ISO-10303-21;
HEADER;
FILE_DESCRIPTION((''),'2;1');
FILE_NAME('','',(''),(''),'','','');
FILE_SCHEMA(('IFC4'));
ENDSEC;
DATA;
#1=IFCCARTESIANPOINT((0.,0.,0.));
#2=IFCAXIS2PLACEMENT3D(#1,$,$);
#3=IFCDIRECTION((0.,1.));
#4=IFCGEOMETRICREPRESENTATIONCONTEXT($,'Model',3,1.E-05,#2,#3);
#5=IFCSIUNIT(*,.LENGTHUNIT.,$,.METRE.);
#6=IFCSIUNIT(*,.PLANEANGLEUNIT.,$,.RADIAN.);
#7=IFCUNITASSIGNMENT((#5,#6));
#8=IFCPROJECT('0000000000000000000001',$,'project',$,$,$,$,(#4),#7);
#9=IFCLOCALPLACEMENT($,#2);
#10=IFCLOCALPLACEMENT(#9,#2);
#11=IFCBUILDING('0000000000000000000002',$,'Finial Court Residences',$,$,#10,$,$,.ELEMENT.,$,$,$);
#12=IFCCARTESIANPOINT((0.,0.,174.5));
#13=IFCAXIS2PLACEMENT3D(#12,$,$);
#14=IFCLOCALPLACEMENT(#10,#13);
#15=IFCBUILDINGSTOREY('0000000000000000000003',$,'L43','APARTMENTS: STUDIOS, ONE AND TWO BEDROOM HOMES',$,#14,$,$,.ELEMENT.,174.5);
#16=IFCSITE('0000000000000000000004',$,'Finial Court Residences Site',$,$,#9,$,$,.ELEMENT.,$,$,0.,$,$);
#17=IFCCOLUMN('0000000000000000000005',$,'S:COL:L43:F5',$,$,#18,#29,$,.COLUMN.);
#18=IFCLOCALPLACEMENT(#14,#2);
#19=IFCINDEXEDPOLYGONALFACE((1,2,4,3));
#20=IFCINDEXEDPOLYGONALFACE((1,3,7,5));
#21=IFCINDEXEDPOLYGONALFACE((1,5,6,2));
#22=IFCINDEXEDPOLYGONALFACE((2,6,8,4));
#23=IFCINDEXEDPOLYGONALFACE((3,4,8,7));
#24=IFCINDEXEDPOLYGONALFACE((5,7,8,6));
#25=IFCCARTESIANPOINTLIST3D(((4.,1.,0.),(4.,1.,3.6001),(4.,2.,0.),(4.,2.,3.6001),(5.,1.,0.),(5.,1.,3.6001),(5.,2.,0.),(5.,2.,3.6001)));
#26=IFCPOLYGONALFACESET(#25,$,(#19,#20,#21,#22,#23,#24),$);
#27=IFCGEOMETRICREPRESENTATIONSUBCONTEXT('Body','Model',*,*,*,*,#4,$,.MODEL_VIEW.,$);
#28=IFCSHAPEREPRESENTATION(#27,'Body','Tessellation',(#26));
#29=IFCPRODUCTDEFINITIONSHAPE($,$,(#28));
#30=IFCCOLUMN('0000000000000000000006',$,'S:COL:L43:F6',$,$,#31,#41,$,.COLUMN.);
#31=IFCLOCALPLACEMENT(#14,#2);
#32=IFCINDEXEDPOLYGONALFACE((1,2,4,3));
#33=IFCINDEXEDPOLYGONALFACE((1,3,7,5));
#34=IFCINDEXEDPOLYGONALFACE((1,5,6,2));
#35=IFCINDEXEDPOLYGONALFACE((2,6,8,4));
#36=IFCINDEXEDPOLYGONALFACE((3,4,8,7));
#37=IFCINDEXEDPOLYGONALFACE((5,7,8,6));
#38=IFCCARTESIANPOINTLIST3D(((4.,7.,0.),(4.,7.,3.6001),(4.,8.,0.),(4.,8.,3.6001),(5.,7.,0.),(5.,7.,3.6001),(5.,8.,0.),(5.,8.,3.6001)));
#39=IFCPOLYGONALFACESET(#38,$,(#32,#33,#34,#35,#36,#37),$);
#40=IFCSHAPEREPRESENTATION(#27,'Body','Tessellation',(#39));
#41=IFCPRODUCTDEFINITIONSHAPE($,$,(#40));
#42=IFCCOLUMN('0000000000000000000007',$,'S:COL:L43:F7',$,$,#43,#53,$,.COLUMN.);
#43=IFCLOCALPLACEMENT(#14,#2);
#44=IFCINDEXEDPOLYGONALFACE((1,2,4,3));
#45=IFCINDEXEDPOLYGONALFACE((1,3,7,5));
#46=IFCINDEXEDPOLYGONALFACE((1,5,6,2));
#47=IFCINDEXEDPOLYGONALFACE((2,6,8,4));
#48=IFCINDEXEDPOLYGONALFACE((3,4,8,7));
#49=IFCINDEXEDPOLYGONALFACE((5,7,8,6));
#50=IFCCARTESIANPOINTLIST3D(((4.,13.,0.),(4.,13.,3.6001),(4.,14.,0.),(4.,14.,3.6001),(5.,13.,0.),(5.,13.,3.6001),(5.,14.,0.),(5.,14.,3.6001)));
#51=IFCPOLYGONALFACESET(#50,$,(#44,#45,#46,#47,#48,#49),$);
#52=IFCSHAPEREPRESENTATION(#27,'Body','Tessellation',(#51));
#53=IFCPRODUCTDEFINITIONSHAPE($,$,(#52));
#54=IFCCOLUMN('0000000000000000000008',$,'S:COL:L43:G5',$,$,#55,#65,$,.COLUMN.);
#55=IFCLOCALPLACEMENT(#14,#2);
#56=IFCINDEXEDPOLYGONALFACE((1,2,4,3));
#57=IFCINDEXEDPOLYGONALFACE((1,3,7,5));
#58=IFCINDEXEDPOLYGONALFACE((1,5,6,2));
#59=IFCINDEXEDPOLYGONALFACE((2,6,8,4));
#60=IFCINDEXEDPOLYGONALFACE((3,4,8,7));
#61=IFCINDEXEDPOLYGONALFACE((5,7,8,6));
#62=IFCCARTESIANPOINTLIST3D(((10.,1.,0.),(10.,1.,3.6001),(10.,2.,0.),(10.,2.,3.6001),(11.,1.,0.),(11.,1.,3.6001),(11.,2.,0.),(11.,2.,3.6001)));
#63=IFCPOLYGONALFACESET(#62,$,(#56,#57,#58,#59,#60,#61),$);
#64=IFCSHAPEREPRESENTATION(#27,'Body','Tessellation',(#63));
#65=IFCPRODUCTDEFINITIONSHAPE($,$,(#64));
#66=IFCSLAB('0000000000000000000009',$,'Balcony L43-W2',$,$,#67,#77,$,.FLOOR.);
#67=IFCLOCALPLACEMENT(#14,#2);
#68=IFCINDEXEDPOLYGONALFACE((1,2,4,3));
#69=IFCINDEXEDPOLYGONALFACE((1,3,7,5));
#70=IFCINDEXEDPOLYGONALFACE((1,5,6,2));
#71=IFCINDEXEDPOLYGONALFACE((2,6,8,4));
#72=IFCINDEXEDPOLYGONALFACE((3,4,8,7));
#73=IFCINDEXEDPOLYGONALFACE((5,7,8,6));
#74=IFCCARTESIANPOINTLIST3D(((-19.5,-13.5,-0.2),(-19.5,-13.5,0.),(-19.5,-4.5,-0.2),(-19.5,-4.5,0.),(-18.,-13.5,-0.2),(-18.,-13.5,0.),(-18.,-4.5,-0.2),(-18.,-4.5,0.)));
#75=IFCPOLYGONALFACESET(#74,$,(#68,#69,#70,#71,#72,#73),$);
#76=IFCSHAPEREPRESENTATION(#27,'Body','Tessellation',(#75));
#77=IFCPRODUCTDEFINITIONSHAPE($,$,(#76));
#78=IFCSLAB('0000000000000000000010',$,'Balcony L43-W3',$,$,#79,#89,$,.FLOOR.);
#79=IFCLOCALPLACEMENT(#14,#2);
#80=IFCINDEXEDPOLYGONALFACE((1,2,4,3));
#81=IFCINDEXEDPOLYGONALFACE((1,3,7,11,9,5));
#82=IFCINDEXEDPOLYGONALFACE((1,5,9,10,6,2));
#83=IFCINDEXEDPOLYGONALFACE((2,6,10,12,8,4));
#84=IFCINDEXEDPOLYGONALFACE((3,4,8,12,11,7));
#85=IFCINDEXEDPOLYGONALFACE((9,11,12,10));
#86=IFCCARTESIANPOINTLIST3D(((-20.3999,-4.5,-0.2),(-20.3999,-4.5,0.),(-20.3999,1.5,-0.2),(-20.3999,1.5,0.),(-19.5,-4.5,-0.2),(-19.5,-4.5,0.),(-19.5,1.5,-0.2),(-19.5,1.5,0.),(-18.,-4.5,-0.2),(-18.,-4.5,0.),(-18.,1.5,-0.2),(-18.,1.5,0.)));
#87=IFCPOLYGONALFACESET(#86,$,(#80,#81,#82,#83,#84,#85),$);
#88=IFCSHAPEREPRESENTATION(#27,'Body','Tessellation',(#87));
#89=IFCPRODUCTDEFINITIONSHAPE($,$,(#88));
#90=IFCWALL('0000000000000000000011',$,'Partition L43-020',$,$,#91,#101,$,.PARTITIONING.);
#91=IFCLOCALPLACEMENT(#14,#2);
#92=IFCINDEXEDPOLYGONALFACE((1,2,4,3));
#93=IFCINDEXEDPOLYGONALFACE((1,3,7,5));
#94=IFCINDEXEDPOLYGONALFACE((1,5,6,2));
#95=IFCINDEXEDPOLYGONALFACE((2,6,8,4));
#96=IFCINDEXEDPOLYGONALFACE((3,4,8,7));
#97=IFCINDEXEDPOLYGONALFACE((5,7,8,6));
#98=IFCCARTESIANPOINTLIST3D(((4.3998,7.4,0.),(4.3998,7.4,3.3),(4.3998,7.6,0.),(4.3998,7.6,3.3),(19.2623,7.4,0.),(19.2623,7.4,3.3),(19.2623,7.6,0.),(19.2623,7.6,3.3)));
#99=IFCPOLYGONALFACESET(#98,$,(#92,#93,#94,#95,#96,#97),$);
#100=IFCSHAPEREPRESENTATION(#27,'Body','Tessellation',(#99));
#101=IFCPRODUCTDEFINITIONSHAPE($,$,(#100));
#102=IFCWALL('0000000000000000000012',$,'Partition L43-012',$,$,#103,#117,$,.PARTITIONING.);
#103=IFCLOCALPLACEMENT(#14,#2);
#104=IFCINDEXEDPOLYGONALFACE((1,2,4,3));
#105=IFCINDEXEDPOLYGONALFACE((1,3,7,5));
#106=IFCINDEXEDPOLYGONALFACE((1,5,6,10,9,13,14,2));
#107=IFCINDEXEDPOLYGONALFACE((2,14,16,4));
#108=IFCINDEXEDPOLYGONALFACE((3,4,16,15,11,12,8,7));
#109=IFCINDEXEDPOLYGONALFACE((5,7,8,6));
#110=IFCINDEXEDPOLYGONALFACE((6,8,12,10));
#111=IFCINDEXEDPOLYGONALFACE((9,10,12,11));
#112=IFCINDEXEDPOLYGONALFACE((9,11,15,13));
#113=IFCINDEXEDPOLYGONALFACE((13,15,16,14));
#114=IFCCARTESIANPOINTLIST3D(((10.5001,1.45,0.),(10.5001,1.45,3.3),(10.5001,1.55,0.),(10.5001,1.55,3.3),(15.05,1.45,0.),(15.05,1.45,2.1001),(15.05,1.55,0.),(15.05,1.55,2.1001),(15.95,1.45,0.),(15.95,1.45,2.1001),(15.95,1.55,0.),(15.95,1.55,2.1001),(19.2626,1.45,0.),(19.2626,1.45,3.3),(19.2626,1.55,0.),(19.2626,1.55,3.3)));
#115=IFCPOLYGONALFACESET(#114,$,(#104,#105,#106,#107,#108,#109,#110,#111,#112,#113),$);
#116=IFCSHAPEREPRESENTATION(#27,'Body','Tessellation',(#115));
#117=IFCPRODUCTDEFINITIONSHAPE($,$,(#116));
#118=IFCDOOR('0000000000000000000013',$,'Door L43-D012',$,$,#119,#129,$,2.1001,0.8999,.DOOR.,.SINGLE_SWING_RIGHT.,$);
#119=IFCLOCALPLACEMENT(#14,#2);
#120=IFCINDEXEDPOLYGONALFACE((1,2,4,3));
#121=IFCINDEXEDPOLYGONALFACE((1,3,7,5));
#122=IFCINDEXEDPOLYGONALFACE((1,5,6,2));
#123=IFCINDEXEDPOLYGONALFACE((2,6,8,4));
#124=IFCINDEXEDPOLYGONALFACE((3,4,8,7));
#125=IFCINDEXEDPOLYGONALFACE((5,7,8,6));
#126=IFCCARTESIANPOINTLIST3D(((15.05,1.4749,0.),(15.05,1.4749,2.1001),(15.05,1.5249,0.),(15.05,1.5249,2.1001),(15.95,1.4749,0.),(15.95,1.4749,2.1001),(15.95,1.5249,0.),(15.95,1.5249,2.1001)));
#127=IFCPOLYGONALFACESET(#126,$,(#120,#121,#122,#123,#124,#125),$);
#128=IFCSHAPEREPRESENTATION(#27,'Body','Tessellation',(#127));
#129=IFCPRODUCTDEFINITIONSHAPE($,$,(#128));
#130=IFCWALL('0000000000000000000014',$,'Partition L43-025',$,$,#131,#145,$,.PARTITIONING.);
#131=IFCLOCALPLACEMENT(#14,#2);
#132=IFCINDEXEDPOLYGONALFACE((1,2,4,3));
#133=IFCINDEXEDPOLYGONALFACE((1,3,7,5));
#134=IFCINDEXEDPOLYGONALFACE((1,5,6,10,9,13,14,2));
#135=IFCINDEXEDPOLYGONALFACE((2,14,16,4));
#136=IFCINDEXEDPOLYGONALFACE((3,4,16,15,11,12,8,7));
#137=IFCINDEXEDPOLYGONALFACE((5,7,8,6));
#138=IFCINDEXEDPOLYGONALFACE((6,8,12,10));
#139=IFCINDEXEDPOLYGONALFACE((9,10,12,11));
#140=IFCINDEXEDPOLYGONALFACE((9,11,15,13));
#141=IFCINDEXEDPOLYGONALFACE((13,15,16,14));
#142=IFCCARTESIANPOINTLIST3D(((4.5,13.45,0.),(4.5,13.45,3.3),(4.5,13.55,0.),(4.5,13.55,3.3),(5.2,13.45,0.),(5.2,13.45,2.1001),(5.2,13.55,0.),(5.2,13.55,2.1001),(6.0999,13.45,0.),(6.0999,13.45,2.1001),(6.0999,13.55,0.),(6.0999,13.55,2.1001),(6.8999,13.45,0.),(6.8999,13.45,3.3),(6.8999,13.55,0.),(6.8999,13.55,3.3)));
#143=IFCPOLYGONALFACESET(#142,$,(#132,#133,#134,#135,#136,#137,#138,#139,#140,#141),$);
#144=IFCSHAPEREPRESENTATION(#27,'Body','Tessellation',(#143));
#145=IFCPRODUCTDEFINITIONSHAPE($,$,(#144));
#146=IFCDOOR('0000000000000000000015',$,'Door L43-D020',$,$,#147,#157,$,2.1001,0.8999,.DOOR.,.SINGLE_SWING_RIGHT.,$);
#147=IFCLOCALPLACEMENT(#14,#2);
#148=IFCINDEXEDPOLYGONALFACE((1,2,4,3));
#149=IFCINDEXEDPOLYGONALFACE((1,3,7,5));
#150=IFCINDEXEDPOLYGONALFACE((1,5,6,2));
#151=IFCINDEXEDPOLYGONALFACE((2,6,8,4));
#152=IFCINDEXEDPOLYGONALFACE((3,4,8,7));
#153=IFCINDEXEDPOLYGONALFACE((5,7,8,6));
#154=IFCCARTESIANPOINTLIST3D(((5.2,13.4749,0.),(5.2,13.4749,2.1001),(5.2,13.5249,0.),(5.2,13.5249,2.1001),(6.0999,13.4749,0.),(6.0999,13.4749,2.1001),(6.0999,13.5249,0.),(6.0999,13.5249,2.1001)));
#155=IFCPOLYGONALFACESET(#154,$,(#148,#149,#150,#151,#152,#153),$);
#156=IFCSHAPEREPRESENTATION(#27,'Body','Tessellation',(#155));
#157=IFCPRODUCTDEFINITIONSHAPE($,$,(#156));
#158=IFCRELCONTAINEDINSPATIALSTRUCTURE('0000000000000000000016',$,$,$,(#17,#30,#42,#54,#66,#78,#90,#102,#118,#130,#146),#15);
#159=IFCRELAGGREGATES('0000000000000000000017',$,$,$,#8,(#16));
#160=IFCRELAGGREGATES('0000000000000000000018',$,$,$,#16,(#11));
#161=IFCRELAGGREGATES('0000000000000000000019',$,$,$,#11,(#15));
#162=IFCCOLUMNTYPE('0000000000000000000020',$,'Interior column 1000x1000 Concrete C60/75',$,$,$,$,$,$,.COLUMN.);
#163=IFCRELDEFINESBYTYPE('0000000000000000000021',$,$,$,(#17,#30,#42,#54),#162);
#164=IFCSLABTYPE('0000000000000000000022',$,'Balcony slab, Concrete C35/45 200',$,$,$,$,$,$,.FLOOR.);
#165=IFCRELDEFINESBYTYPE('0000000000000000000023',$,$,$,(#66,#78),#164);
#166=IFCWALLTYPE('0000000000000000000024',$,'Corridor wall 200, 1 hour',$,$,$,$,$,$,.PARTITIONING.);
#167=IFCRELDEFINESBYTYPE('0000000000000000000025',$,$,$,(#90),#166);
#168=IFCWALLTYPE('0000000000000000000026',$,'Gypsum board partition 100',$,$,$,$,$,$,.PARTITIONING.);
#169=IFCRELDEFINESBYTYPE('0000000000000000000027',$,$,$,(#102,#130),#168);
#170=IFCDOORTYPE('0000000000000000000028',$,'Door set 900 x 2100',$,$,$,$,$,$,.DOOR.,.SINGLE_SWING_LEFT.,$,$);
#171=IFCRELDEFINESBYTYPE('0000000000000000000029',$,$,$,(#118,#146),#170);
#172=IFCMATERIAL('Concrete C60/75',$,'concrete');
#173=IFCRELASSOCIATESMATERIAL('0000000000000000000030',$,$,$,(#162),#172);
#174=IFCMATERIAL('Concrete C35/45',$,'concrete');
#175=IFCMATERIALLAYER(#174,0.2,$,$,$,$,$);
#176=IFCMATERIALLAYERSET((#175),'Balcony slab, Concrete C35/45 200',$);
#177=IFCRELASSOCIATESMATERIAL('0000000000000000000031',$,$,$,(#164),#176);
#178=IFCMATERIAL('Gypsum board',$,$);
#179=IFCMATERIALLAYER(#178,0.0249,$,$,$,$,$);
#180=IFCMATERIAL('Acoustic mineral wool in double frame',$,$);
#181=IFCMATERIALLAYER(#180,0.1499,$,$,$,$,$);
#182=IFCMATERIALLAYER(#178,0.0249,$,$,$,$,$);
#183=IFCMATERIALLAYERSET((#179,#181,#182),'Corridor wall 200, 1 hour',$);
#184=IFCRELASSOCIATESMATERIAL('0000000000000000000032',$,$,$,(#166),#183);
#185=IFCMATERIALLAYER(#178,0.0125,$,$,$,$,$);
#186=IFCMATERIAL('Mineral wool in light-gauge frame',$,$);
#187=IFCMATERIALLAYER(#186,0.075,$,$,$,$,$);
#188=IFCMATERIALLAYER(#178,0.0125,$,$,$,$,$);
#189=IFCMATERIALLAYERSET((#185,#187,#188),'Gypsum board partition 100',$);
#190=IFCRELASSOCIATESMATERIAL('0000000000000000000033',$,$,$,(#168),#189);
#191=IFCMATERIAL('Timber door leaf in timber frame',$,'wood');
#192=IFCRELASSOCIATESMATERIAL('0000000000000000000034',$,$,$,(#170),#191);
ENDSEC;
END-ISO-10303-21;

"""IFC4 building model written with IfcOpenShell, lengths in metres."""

from ifc_helpers import new_model, si_unit, direction, frame, frame_2d, origin, origin_2d, place, context, subcontext, project, spatial, polyline, rectangle, outline, extrude, material, layer, layer_set, material_profile, profile_set, type_object, element, fill, save


model = new_model("IFC4")

# Units and contexts
model_context = context("Model", 3, precision=1e-05, world=origin(), true_north=direction((0.0, 1.0)))
body_context = subcontext(model_context, "Body", "Model", "MODEL_VIEW")
ifc_project = project(units=[si_unit("LENGTHUNIT", "METRE"), si_unit("PLANEANGLEUNIT", "RADIAN")], contexts=[model_context])

# Site, building, storey
site_placement = place(None, origin())
site = spatial("IfcSite", under=ifc_project, at=site_placement, Name="Finial Court Residences Site", CompositionType="ELEMENT", RefElevation=0.0)
building_placement = place(site_placement, origin())
building = spatial("IfcBuilding", under=site, at=building_placement, Name="Finial Court Residences", CompositionType="ELEMENT")
storey_placement = place(building_placement, frame((0.0, 0.0, 174.5)))
storey = spatial("IfcBuildingStorey", under=building, at=storey_placement, Name="L43", Description="APARTMENTS: STUDIOS, ONE AND TWO BEDROOM HOMES", CompositionType="ELEMENT", Elevation=174.5)

# Columns
ifc_material_1 = material(Name="Concrete C60/75", Category="concrete")
ifc_material_profile = material_profile(ifc_material_1, rectangle(XDim=1.0, YDim=1.0, at=origin_2d()), Name="1000x1000")
ifc_profile_set = profile_set([ifc_material_profile], Name="Concrete C60/75")
column_type = type_object("IfcColumnType", Name="Interior column 1000x1000 Concrete C60/75", PredefinedType="COLUMN", material=ifc_profile_set)
for number, where, z_axis, x_axis, name in (
    (1, (4.5, 1.5, 0.0), (0.0, 0.0, 1.0), (1.0, 0.0, 0.0), "S:COL:L43:F5"),
    (2, (4.5, 7.5, 0.0), (0.0, 0.0, 1.0), (1.0, 0.0, 0.0), "S:COL:L43:F6"),
    (3, (4.5, 13.5, 0.0), (0.0, 0.0, 1.0), (1.0, 0.0, 0.0), "S:COL:L43:F7"),
    (4, (10.5, 1.5, 0.0), (0.0, 0.0, 1.0), (1.0, 0.0, 0.0), "S:COL:L43:G5"),
):
    element("IfcColumn", number, at=place(storey_placement, frame(where, z_axis=z_axis, x_axis=x_axis)), inside=storey, type_object=column_type, Name=name, PredefinedType="COLUMN", context=body_context, shape_type="SweptSolid", body=[
        extrude(rectangle(XDim=1.0, YDim=1.0, at=origin_2d()), origin(), (0.0, 0.0, 1.0), 3.6001),
    ])

# Slabs
ifc_material_2 = material(Name="Concrete C35/45", Category="concrete")
ifc_layer_1 = layer(ifc_material_2, 0.2)
ifc_layer_set_1 = layer_set([ifc_layer_1], Name="Balcony slab, Concrete C35/45 200")
slab_type = type_object("IfcSlabType", Name="Balcony slab, Concrete C35/45 200", PredefinedType="FLOOR", material=ifc_layer_set_1)
slab_1_placement = place(storey_placement, frame((0.0, 0.0, -0.2)))
element("IfcSlab", 5, at=slab_1_placement, inside=storey, type_object=slab_type, Name="Balcony L43-W2", PredefinedType="FLOOR", context=body_context, shape_type="SweptSolid", body=[
    extrude(outline(polyline([(-18.0, -13.5), (-18.0, -4.5), (-19.5, -4.5), (-19.5, -13.5), (-18.0, -13.5)])), origin(), (0.0, 0.0, 1.0), 0.2),
])
slab_2_placement = place(storey_placement, frame((0.0, 0.0, -0.2)))
element("IfcSlab", 6, at=slab_2_placement, inside=storey, type_object=slab_type, Name="Balcony L43-W3", PredefinedType="FLOOR", context=body_context, shape_type="SweptSolid", body=[
    extrude(outline(polyline([(-20.3999, -4.5), (-20.3999, 1.5), (-19.5, 1.5), (-18.0, 1.5), (-18.0, -4.5), (-19.5, -4.5), (-20.3999, -4.5)])), origin(), (0.0, 0.0, 1.0), 0.2),
])

# Wall
ifc_material_3 = material(Name="Gypsum board")
ifc_layer_2 = layer(ifc_material_3, 0.0249)
ifc_material_4 = material(Name="Acoustic mineral wool in double frame")
ifc_layer_3 = layer(ifc_material_4, 0.1499)
ifc_layer_4 = layer(ifc_material_3, 0.0249)
ifc_layer_set_2 = layer_set([ifc_layer_2, ifc_layer_3, ifc_layer_4], Name="Corridor wall 200, 1 hour")
wall_type_1 = type_object("IfcWallType", Name="Corridor wall 200, 1 hour", PredefinedType="PARTITIONING", material=ifc_layer_set_2)
wall_1_placement = place(storey_placement, frame((4.3999, 7.5, 0.0), z_axis=(0.0, 0.0, 1.0), x_axis=(1.0, 0.0, 0.0)))
element("IfcWall", 7, at=wall_1_placement, inside=storey, type_object=wall_type_1, Name="Partition L43-020", PredefinedType="PARTITIONING", context=body_context, shape_type="SweptSolid", body=[
    extrude(rectangle(XDim=14.8625, YDim=0.2, at=frame_2d((7.4312, 0.0))), origin(), (0.0, 0.0, 1.0), 3.3),
])

# Walls, openings, doors
ifc_layer_5 = layer(ifc_material_3, 0.0125)
ifc_material_5 = material(Name="Mineral wool in light-gauge frame")
ifc_layer_6 = layer(ifc_material_5, 0.075)
ifc_layer_7 = layer(ifc_material_3, 0.0125)
ifc_layer_set_3 = layer_set([ifc_layer_5, ifc_layer_6, ifc_layer_7], Name="Gypsum board partition 100")
wall_type_2 = type_object("IfcWallType", Name="Gypsum board partition 100", PredefinedType="PARTITIONING", material=ifc_layer_set_3)
wall_2_placement = place(storey_placement, frame((10.5, 1.5, 0.0), z_axis=(0.0, 0.0, 1.0), x_axis=(1.0, 0.0, 0.0)))
wall_2 = element("IfcWall", 8, at=wall_2_placement, inside=storey, type_object=wall_type_2, Name="Partition L43-012", PredefinedType="PARTITIONING", context=body_context, shape_type="SweptSolid", body=[
    extrude(rectangle(XDim=8.7625, YDim=0.1001, at=frame_2d((4.3813, 0.0))), origin(), (0.0, 0.0, 1.0), 3.3),
])
opening_1_placement = place(wall_2_placement, frame((4.55, 0.0, 0.0)))
opening_1 = element("IfcOpeningElement", 9, at=opening_1_placement, cuts=wall_2, PredefinedType="OPENING", context=body_context, shape_type="SweptSolid", body=[
    extrude(rectangle(XDim=0.8999, YDim=2.1001, at=frame_2d((0.45, 1.05))), frame((0.0, 0.0601, 0.0), z_axis=(0.0, -1.0, 0.0), x_axis=(1.0, 0.0, 0.0)), (0.0, 0.0, 1.0), 0.1201),
])
ifc_material_6 = material(Name="Timber door leaf in timber frame", Category="wood")
door_type = type_object("IfcDoorType", Name="Door set 900 x 2100", OperationType="SINGLE_SWING_LEFT", PredefinedType="DOOR", material=ifc_material_6)
door_1_placement = place(opening_1_placement, origin())
door_1 = element("IfcDoor", 10, at=door_1_placement, inside=storey, type_object=door_type, Name="Door L43-D012", OperationType="SINGLE_SWING_RIGHT", OverallHeight=2.1001, OverallWidth=0.8999, PredefinedType="DOOR", context=body_context, shape_type="SweptSolid", body=[
    extrude(rectangle(XDim=0.8999, YDim=2.1001, at=frame_2d((0.45, 1.05))), frame((0.0, 0.0249, 0.0), z_axis=(0.0, -1.0, 0.0), x_axis=(1.0, 0.0, 0.0)), (0.0, 0.0, 1.0), 0.05),
])
fill(opening_1, door_1)
wall_3_placement = place(storey_placement, frame((4.5, 13.5, 0.0), z_axis=(0.0, 0.0, 1.0), x_axis=(1.0, 0.0, 0.0)))
wall_3 = element("IfcWall", 11, at=wall_3_placement, inside=storey, type_object=wall_type_2, Name="Partition L43-025", PredefinedType="PARTITIONING", context=body_context, shape_type="SweptSolid", body=[
    extrude(rectangle(XDim=2.3999, YDim=0.1001, at=frame_2d((1.2, 0.0))), origin(), (0.0, 0.0, 1.0), 3.3),
])
opening_2_placement = place(wall_3_placement, frame((0.7, 0.0, 0.0)))
opening_2 = element("IfcOpeningElement", 12, at=opening_2_placement, cuts=wall_3, PredefinedType="OPENING", context=body_context, shape_type="SweptSolid", body=[
    extrude(rectangle(XDim=0.8999, YDim=2.1001, at=frame_2d((0.45, 1.05))), frame((0.0, 0.0601, 0.0), z_axis=(0.0, -1.0, 0.0), x_axis=(1.0, 0.0, 0.0)), (0.0, 0.0, 1.0), 0.1201),
])
door_2_placement = place(opening_2_placement, origin())
door_2 = element("IfcDoor", 13, at=door_2_placement, inside=storey, type_object=door_type, Name="Door L43-D020", OperationType="SINGLE_SWING_RIGHT", OverallHeight=2.1001, OverallWidth=0.8999, PredefinedType="DOOR", context=body_context, shape_type="SweptSolid", body=[
    extrude(rectangle(XDim=0.8999, YDim=2.1001, at=frame_2d((0.45, 1.05))), frame((0.0, 0.0249, 0.0), z_axis=(0.0, -1.0, 0.0), x_axis=(1.0, 0.0, 0.0)), (0.0, 0.0, 1.0), 0.05),
])
fill(opening_2, door_2)

save(model, "model.ifc")
